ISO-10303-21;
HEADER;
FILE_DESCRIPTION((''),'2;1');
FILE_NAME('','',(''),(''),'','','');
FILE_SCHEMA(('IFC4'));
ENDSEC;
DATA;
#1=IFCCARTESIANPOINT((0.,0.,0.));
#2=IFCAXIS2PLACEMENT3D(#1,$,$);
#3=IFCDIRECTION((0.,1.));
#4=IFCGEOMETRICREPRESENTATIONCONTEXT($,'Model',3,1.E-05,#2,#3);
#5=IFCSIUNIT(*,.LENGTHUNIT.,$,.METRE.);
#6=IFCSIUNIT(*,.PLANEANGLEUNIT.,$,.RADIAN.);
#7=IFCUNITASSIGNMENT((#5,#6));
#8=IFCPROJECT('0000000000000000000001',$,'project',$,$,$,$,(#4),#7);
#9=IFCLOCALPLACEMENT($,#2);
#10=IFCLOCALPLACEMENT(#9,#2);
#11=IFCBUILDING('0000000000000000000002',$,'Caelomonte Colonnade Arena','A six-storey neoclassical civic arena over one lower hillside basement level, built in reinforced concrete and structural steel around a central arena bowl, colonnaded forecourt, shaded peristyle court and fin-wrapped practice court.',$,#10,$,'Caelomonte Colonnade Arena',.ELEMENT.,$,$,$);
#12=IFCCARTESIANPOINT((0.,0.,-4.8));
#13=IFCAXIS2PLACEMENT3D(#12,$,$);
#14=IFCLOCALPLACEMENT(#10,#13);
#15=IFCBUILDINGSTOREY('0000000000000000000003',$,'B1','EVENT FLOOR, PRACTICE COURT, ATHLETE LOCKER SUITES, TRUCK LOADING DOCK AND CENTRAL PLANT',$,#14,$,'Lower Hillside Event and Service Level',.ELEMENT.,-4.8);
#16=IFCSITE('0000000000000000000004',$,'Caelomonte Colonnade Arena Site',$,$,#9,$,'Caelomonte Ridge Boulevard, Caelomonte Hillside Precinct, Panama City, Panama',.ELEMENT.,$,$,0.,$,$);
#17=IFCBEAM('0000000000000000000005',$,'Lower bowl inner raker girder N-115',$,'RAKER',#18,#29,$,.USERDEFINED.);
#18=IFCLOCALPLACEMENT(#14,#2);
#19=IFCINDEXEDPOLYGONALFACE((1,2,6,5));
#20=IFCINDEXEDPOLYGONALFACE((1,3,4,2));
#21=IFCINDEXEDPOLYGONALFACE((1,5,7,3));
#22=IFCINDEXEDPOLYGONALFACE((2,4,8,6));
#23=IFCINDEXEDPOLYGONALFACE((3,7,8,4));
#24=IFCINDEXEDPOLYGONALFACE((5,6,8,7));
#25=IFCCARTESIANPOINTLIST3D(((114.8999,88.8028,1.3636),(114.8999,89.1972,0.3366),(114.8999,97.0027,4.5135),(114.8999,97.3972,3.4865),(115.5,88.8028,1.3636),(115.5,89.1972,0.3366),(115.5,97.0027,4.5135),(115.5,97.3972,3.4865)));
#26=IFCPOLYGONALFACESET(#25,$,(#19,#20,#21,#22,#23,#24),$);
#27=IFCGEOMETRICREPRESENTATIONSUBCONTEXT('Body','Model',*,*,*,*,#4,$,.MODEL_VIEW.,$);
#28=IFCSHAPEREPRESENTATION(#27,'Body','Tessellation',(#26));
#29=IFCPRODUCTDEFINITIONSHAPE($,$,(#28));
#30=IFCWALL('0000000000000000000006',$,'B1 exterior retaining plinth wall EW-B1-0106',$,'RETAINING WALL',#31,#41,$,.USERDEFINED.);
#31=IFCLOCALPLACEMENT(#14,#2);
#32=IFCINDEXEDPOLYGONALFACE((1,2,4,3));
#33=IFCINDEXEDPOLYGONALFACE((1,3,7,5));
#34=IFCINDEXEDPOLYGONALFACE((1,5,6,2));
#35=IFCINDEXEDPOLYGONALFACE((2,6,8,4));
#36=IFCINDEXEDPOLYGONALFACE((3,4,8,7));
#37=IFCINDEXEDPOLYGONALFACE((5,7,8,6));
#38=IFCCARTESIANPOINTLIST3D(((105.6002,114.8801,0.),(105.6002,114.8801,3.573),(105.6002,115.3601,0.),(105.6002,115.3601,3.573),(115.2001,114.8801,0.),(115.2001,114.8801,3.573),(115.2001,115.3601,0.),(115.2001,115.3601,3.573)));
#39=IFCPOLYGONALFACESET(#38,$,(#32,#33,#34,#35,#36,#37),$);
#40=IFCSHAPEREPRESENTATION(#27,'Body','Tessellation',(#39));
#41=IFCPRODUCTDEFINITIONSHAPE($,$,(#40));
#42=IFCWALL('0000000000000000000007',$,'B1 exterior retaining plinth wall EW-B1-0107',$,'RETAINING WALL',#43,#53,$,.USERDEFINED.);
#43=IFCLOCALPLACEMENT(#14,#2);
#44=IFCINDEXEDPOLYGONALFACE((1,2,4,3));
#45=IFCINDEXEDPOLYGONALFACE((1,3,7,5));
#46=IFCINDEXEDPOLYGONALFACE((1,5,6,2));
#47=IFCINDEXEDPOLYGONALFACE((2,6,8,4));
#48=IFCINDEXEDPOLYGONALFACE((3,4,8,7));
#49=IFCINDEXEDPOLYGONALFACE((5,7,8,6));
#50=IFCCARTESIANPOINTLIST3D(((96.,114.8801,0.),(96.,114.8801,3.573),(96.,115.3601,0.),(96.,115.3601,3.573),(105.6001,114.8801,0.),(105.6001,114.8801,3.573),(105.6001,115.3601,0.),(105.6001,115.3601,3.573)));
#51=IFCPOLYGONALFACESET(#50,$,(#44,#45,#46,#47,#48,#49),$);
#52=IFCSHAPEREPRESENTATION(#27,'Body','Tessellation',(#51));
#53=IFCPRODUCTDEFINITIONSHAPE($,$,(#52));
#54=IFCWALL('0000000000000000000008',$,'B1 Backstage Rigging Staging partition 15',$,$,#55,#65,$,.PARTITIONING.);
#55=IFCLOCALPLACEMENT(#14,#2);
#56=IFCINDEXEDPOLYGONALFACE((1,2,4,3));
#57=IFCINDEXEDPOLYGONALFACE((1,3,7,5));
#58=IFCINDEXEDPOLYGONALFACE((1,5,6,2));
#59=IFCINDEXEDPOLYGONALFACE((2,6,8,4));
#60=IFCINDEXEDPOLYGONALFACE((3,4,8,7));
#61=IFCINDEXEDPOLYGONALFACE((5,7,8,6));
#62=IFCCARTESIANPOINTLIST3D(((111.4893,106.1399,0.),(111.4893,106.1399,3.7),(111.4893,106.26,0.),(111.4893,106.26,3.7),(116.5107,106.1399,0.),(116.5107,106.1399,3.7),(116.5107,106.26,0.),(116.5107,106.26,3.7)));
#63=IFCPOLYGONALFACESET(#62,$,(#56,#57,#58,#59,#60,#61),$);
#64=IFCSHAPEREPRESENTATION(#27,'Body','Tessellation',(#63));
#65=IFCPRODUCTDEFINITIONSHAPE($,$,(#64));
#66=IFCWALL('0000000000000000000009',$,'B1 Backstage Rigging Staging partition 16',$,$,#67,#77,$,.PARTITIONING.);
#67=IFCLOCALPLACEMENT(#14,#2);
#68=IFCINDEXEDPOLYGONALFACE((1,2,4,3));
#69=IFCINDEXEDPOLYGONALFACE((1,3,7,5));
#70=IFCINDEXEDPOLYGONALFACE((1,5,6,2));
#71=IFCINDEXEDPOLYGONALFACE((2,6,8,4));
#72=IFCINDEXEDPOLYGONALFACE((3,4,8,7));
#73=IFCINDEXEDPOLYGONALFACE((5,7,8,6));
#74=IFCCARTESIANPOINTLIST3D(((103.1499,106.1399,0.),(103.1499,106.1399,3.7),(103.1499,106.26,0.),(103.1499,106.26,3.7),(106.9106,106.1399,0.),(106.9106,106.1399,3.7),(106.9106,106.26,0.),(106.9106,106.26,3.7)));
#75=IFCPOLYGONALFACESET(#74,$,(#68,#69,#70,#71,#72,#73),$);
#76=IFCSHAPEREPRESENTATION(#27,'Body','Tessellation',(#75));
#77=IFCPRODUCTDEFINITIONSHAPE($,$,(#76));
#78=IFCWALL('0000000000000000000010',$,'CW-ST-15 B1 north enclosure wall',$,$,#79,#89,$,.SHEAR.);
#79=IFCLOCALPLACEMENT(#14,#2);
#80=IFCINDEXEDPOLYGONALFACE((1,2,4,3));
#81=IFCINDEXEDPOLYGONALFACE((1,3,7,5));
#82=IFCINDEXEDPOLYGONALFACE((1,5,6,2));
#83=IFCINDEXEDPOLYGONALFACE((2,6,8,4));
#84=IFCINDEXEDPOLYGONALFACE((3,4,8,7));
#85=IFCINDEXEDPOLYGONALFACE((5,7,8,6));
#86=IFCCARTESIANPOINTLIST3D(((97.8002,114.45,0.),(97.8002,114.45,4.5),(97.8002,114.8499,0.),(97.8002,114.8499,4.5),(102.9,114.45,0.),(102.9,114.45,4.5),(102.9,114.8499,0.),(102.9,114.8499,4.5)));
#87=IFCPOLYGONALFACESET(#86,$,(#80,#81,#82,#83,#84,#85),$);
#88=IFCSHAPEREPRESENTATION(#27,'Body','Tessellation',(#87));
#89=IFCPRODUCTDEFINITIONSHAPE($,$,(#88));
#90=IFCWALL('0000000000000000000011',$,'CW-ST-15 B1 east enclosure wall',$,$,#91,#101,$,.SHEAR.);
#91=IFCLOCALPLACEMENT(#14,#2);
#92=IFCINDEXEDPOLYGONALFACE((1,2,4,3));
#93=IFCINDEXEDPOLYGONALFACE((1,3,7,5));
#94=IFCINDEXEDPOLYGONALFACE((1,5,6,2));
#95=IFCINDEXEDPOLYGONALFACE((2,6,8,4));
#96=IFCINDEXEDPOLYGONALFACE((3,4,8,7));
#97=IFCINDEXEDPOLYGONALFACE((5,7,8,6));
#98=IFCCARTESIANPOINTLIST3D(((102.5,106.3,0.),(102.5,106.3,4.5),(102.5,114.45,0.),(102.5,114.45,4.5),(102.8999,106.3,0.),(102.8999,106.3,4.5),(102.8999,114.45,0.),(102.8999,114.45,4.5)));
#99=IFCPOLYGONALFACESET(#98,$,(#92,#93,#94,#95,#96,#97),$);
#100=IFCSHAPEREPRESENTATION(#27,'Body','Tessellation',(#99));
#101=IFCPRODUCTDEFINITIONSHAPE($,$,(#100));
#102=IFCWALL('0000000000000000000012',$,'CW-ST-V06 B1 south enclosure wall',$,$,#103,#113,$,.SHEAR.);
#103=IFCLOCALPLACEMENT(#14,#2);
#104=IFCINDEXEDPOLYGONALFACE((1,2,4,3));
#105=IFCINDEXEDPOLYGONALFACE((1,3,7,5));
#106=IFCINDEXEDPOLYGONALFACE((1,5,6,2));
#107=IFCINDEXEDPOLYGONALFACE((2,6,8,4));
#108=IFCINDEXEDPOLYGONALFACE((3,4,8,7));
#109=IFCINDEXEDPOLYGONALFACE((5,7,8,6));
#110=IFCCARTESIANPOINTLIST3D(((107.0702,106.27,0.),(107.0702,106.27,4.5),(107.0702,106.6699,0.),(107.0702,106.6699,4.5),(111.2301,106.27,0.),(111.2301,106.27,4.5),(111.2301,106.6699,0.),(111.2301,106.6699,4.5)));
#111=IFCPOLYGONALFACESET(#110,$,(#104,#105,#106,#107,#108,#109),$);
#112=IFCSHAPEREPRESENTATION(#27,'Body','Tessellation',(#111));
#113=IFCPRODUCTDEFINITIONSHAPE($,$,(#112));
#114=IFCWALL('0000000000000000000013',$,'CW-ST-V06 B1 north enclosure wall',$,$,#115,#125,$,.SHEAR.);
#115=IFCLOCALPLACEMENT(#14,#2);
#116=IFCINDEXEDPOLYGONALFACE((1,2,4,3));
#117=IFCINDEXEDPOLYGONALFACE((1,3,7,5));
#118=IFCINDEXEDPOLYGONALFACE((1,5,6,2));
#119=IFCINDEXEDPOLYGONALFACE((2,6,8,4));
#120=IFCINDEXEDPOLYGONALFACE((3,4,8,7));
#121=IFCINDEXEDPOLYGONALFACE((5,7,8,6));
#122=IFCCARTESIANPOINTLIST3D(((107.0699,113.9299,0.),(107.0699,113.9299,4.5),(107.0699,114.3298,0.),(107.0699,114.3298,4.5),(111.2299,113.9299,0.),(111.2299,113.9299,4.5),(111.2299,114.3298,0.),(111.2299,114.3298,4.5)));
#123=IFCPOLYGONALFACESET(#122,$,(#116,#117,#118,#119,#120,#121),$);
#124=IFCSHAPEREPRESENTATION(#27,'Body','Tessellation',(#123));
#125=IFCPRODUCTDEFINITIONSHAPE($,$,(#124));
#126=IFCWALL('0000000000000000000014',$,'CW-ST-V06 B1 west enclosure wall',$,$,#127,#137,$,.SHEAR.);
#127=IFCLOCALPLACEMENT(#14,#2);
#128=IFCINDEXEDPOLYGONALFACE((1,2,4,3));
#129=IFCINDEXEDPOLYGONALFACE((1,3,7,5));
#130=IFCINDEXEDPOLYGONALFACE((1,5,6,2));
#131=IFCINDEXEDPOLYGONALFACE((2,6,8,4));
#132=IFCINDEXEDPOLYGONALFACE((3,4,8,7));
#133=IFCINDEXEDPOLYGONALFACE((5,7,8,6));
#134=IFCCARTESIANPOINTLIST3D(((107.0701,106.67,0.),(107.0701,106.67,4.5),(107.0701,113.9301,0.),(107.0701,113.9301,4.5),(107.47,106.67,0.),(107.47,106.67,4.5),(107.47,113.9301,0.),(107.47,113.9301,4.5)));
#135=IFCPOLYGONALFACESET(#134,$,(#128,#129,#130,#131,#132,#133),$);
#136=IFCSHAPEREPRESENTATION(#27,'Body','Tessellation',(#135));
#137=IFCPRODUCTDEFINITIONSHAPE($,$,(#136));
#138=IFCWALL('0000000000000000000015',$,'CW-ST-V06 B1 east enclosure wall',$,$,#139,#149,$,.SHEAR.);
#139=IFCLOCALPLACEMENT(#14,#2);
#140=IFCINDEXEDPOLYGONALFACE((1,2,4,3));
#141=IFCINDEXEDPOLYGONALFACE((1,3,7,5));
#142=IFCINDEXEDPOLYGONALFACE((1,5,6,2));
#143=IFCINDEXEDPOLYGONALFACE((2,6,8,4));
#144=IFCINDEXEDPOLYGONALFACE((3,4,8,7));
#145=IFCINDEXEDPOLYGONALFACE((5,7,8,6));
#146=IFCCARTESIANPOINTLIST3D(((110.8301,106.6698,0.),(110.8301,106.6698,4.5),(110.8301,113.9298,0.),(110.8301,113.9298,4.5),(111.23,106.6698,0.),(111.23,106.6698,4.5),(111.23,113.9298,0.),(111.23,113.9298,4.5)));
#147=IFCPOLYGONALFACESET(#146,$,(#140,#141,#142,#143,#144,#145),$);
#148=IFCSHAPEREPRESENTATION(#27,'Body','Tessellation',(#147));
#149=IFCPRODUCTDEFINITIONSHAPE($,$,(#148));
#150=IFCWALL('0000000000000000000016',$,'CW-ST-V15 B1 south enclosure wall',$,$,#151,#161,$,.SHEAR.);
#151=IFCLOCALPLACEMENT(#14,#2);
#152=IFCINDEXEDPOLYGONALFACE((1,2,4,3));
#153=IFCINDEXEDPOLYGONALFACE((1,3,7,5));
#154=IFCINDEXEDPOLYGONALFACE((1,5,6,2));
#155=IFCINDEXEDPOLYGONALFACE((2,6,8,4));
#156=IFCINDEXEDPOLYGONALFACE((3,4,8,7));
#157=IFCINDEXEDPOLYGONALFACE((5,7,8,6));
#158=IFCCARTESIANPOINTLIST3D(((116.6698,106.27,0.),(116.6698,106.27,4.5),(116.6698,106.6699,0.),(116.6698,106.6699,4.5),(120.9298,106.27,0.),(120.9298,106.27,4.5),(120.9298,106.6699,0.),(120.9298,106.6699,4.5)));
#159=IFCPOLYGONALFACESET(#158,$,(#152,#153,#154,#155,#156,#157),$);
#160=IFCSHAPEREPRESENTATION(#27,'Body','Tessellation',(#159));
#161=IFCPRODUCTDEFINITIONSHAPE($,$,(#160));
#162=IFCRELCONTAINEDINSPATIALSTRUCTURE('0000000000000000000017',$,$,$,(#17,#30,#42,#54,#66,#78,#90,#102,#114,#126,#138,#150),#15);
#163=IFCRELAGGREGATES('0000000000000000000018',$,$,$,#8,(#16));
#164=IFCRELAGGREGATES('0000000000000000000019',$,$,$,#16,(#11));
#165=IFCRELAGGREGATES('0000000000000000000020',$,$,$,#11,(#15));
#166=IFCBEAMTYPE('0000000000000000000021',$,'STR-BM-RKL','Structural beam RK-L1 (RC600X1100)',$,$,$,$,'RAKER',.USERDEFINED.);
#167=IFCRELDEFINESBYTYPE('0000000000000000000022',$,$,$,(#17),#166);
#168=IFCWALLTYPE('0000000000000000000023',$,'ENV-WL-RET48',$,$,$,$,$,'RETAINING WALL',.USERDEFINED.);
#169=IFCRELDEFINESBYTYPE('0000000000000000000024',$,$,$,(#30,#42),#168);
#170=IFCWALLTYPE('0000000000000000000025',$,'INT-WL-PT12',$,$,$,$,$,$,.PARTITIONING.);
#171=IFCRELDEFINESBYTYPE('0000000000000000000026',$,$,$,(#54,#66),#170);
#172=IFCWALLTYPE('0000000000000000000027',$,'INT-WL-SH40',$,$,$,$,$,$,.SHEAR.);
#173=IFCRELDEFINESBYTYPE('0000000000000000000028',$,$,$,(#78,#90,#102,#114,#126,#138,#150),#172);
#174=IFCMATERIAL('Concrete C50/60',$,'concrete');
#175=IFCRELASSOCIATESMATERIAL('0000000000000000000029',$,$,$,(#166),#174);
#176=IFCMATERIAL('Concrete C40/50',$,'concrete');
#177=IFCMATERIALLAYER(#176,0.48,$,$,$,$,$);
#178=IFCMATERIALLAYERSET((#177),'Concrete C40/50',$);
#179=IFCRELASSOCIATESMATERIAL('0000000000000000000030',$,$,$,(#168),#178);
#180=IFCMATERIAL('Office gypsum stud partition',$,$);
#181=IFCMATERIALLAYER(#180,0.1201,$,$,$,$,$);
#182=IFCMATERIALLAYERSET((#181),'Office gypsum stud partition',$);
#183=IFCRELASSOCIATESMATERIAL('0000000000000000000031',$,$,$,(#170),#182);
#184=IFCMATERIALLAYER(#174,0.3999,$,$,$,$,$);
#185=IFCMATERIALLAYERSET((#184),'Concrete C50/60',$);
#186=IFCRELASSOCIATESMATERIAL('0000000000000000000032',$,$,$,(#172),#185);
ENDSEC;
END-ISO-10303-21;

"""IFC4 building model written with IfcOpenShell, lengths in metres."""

from ifc_helpers import new_model, si_unit, direction, frame, frame_2d, origin, origin_2d, place, context, subcontext, project, spatial, rectangle, extrude, material, layer, layer_set, material_profile, profile_set, type_object, element, save


model = new_model("IFC4")

# Units and contexts
model_context = context("Model", 3, precision=1e-05, world=origin(), true_north=direction((0.0, 1.0)))
body_context = subcontext(model_context, "Body", "Model", "MODEL_VIEW")
ifc_project = project(units=[si_unit("LENGTHUNIT", "METRE"), si_unit("PLANEANGLEUNIT", "RADIAN")], contexts=[model_context])

# Site, building, storey
site_placement = place(None, origin())
site = spatial("IfcSite", under=ifc_project, at=site_placement, Name="Caelomonte Colonnade Arena Site", LongName="Caelomonte Ridge Boulevard, Caelomonte Hillside Precinct, Panama City, Panama", CompositionType="ELEMENT", RefElevation=0.0)
building_placement = place(site_placement, origin())
building = spatial("IfcBuilding", under=site, at=building_placement, Name="Caelomonte Colonnade Arena", Description="A six-storey neoclassical civic arena over one lower hillside basement level, built in reinforced concrete and structural steel around a central arena bowl, colonnaded forecourt, shaded peristyle court and fin-wrapped practice court.", LongName="Caelomonte Colonnade Arena", CompositionType="ELEMENT")
storey_placement = place(building_placement, frame((0.0, 0.0, -4.8)))
storey = spatial("IfcBuildingStorey", under=building, at=storey_placement, Name="B1", Description="EVENT FLOOR, PRACTICE COURT, ATHLETE LOCKER SUITES, TRUCK LOADING DOCK AND CENTRAL PLANT", LongName="Lower Hillside Event and Service Level", CompositionType="ELEMENT", Elevation=-4.8)

# Shared definitions
ifc_material_1 = material(Name="Concrete C40/50", Category="concrete")

# Shared definitions
ifc_material_2 = material(Name="Concrete C50/60", Category="concrete")

# Beam
ifc_material_profile_1 = material_profile(ifc_material_2, rectangle(XDim=0.6001, YDim=1.1001, at=origin_2d()), Name="RC600X1100")
ifc_profile_set_1 = profile_set([ifc_material_profile_1], Name="Concrete C50/60")
beam_type = type_object("IfcBeamType", Name="STR-BM-RKL", Description="Structural beam RK-L1 (RC600X1100)", ElementType="RAKER", PredefinedType="USERDEFINED", material=ifc_profile_set_1)
for number, where, z_axis, x_axis, name in (
    (1, (115.2, 89.0, 0.8501), (0.0, 0.933495, 0.35859), (-1.0, 0.0, 0.0), "Lower bowl inner raker girder N-115"),
):
    element("IfcBeam", number, at=place(storey_placement, frame(where, z_axis=z_axis, x_axis=x_axis)), inside=storey, type_object=beam_type, Name=name, ObjectType="RAKER", PredefinedType="USERDEFINED", context=body_context, shape_type="SweptSolid", body=[
        extrude(rectangle(XDim=0.6001, YDim=1.1001, at=origin_2d()), origin(), (0.0, 0.0, 1.0), 8.7842),
    ])

# Walls
ifc_layer_1 = layer(ifc_material_1, 0.48)
ifc_layer_set_1 = layer_set([ifc_layer_1], Name="Concrete C40/50")
wall_type_1 = type_object("IfcWallType", Name="ENV-WL-RET48", ElementType="RETAINING WALL", PredefinedType="USERDEFINED", material=ifc_layer_set_1)
wall_1_placement = place(storey_placement, frame((115.2, 115.1201, 0.0), z_axis=(0.0, 0.0, 1.0), x_axis=(-1.0, 0.0, 0.0)))
element("IfcWall", 2, at=wall_1_placement, inside=storey, type_object=wall_type_1, Name="B1 exterior retaining plinth wall EW-B1-0106", ObjectType="RETAINING WALL", PredefinedType="USERDEFINED", context=body_context, shape_type="SweptSolid", body=[
    extrude(rectangle(XDim=9.5999, YDim=0.48, at=frame_2d((4.7998, 0.0))), origin(), (0.0, 0.0, 1.0), 3.573),
])
wall_2_placement = place(storey_placement, frame((105.6001, 115.1201, 0.0), z_axis=(0.0, 0.0, 1.0), x_axis=(-1.0, 0.0, 0.0)))
element("IfcWall", 3, at=wall_2_placement, inside=storey, type_object=wall_type_1, Name="B1 exterior retaining plinth wall EW-B1-0107", ObjectType="RETAINING WALL", PredefinedType="USERDEFINED", context=body_context, shape_type="SweptSolid", body=[
    extrude(rectangle(XDim=9.6001, YDim=0.48, at=frame_2d((4.8, 0.0))), origin(), (0.0, 0.0, 1.0), 3.573),
])
ifc_material_3 = material(Name="Office gypsum stud partition")
ifc_layer_2 = layer(ifc_material_3, 0.1201)
ifc_layer_set_2 = layer_set([ifc_layer_2], Name="Office gypsum stud partition")
wall_type_2 = type_object("IfcWallType", Name="INT-WL-PT12", PredefinedType="PARTITIONING", material=ifc_layer_set_2)
wall_3_placement = place(storey_placement, frame((116.5107, 106.2, 0.0), z_axis=(0.0, 0.0, 1.0), x_axis=(-1.0, 0.0, 0.0)))
element("IfcWall", 4, at=wall_3_placement, inside=storey, type_object=wall_type_2, Name="B1 Backstage Rigging Staging partition 15", PredefinedType="PARTITIONING", context=body_context, shape_type="SweptSolid", body=[
    extrude(rectangle(XDim=5.0215, YDim=0.1201, at=frame_2d((2.5107, 0.0))), origin(), (0.0, 0.0, 1.0), 3.7),
])
wall_4_placement = place(storey_placement, frame((106.9106, 106.2, 0.0), z_axis=(0.0, 0.0, 1.0), x_axis=(-1.0, 0.0, 0.0)))
element("IfcWall", 5, at=wall_4_placement, inside=storey, type_object=wall_type_2, Name="B1 Backstage Rigging Staging partition 16", PredefinedType="PARTITIONING", context=body_context, shape_type="SweptSolid", body=[
    extrude(rectangle(XDim=3.7607, YDim=0.1201, at=frame_2d((1.8804, 0.0))), origin(), (0.0, 0.0, 1.0), 3.7),
])
ifc_layer_3 = layer(ifc_material_2, 0.3999)
ifc_layer_set_3 = layer_set([ifc_layer_3], Name="Concrete C50/60")
wall_type_3 = type_object("IfcWallType", Name="INT-WL-SH40", PredefinedType="SHEAR", material=ifc_layer_set_3)
wall_5_placement = place(storey_placement, frame((102.8999, 114.6499, 0.0), z_axis=(0.0, 0.0, 1.0), x_axis=(-1.0, 0.0, 0.0)))
element("IfcWall", 6, at=wall_5_placement, inside=storey, type_object=wall_type_3, Name="CW-ST-15 B1 north enclosure wall", PredefinedType="SHEAR", context=body_context, shape_type="SweptSolid", body=[
    extrude(rectangle(XDim=5.0999, YDim=0.3999, at=frame_2d((2.5498, 0.0))), origin(), (0.0, 0.0, 1.0), 4.5),
])
wall_6_placement = place(storey_placement, frame((102.7, 106.3, 0.0), z_axis=(0.0, 0.0, 1.0), x_axis=(0.0, 1.0, 0.0)))
element("IfcWall", 7, at=wall_6_placement, inside=storey, type_object=wall_type_3, Name="CW-ST-15 B1 east enclosure wall", PredefinedType="SHEAR", context=body_context, shape_type="SweptSolid", body=[
    extrude(rectangle(XDim=8.1499, YDim=0.3999, at=frame_2d((4.075, 0.0))), origin(), (0.0, 0.0, 1.0), 4.5),
])
for number, where, z_axis, x_axis, name in (
    (8, (107.0701, 106.47, 0.0), (0.0, 0.0, 1.0), (1.0, 0.0, 0.0), "CW-ST-V06 B1 south enclosure wall"),
    (9, (111.23, 114.1299, 0.0), (0.0, 0.0, 1.0), (-1.0, 0.0, 0.0), "CW-ST-V06 B1 north enclosure wall"),
):
    element("IfcWall", number, at=place(storey_placement, frame(where, z_axis=z_axis, x_axis=x_axis)), inside=storey, type_object=wall_type_3, Name=name, PredefinedType="SHEAR", context=body_context, shape_type="SweptSolid", body=[
        extrude(rectangle(XDim=4.1599, YDim=0.3999, at=frame_2d((2.0801, 0.0))), origin(), (0.0, 0.0, 1.0), 4.5),
    ])
for number, where, z_axis, x_axis, name in (
    (10, (107.27, 113.9299, 0.0), (0.0, 0.0, 1.0), (0.0, -1.0, 0.0), "CW-ST-V06 B1 west enclosure wall"),
    (11, (111.03, 106.6699, 0.0), (0.0, 0.0, 1.0), (0.0, 1.0, 0.0), "CW-ST-V06 B1 east enclosure wall"),
):
    element("IfcWall", number, at=place(storey_placement, frame(where, z_axis=z_axis, x_axis=x_axis)), inside=storey, type_object=wall_type_3, Name=name, PredefinedType="SHEAR", context=body_context, shape_type="SweptSolid", body=[
        extrude(rectangle(XDim=7.26, YDim=0.3999, at=frame_2d((3.6299, 0.0))), origin(), (0.0, 0.0, 1.0), 4.5),
    ])
wall_7_placement = place(storey_placement, frame((116.6699, 106.47, 0.0), z_axis=(0.0, 0.0, 1.0), x_axis=(1.0, 0.0, 0.0)))
element("IfcWall", 12, at=wall_7_placement, inside=storey, type_object=wall_type_3, Name="CW-ST-V15 B1 south enclosure wall", PredefinedType="SHEAR", context=body_context, shape_type="SweptSolid", body=[
    extrude(rectangle(XDim=4.26, YDim=0.3999, at=frame_2d((2.1299, 0.0))), origin(), (0.0, 0.0, 1.0), 4.5),
])

save(model, "model.ifc")
